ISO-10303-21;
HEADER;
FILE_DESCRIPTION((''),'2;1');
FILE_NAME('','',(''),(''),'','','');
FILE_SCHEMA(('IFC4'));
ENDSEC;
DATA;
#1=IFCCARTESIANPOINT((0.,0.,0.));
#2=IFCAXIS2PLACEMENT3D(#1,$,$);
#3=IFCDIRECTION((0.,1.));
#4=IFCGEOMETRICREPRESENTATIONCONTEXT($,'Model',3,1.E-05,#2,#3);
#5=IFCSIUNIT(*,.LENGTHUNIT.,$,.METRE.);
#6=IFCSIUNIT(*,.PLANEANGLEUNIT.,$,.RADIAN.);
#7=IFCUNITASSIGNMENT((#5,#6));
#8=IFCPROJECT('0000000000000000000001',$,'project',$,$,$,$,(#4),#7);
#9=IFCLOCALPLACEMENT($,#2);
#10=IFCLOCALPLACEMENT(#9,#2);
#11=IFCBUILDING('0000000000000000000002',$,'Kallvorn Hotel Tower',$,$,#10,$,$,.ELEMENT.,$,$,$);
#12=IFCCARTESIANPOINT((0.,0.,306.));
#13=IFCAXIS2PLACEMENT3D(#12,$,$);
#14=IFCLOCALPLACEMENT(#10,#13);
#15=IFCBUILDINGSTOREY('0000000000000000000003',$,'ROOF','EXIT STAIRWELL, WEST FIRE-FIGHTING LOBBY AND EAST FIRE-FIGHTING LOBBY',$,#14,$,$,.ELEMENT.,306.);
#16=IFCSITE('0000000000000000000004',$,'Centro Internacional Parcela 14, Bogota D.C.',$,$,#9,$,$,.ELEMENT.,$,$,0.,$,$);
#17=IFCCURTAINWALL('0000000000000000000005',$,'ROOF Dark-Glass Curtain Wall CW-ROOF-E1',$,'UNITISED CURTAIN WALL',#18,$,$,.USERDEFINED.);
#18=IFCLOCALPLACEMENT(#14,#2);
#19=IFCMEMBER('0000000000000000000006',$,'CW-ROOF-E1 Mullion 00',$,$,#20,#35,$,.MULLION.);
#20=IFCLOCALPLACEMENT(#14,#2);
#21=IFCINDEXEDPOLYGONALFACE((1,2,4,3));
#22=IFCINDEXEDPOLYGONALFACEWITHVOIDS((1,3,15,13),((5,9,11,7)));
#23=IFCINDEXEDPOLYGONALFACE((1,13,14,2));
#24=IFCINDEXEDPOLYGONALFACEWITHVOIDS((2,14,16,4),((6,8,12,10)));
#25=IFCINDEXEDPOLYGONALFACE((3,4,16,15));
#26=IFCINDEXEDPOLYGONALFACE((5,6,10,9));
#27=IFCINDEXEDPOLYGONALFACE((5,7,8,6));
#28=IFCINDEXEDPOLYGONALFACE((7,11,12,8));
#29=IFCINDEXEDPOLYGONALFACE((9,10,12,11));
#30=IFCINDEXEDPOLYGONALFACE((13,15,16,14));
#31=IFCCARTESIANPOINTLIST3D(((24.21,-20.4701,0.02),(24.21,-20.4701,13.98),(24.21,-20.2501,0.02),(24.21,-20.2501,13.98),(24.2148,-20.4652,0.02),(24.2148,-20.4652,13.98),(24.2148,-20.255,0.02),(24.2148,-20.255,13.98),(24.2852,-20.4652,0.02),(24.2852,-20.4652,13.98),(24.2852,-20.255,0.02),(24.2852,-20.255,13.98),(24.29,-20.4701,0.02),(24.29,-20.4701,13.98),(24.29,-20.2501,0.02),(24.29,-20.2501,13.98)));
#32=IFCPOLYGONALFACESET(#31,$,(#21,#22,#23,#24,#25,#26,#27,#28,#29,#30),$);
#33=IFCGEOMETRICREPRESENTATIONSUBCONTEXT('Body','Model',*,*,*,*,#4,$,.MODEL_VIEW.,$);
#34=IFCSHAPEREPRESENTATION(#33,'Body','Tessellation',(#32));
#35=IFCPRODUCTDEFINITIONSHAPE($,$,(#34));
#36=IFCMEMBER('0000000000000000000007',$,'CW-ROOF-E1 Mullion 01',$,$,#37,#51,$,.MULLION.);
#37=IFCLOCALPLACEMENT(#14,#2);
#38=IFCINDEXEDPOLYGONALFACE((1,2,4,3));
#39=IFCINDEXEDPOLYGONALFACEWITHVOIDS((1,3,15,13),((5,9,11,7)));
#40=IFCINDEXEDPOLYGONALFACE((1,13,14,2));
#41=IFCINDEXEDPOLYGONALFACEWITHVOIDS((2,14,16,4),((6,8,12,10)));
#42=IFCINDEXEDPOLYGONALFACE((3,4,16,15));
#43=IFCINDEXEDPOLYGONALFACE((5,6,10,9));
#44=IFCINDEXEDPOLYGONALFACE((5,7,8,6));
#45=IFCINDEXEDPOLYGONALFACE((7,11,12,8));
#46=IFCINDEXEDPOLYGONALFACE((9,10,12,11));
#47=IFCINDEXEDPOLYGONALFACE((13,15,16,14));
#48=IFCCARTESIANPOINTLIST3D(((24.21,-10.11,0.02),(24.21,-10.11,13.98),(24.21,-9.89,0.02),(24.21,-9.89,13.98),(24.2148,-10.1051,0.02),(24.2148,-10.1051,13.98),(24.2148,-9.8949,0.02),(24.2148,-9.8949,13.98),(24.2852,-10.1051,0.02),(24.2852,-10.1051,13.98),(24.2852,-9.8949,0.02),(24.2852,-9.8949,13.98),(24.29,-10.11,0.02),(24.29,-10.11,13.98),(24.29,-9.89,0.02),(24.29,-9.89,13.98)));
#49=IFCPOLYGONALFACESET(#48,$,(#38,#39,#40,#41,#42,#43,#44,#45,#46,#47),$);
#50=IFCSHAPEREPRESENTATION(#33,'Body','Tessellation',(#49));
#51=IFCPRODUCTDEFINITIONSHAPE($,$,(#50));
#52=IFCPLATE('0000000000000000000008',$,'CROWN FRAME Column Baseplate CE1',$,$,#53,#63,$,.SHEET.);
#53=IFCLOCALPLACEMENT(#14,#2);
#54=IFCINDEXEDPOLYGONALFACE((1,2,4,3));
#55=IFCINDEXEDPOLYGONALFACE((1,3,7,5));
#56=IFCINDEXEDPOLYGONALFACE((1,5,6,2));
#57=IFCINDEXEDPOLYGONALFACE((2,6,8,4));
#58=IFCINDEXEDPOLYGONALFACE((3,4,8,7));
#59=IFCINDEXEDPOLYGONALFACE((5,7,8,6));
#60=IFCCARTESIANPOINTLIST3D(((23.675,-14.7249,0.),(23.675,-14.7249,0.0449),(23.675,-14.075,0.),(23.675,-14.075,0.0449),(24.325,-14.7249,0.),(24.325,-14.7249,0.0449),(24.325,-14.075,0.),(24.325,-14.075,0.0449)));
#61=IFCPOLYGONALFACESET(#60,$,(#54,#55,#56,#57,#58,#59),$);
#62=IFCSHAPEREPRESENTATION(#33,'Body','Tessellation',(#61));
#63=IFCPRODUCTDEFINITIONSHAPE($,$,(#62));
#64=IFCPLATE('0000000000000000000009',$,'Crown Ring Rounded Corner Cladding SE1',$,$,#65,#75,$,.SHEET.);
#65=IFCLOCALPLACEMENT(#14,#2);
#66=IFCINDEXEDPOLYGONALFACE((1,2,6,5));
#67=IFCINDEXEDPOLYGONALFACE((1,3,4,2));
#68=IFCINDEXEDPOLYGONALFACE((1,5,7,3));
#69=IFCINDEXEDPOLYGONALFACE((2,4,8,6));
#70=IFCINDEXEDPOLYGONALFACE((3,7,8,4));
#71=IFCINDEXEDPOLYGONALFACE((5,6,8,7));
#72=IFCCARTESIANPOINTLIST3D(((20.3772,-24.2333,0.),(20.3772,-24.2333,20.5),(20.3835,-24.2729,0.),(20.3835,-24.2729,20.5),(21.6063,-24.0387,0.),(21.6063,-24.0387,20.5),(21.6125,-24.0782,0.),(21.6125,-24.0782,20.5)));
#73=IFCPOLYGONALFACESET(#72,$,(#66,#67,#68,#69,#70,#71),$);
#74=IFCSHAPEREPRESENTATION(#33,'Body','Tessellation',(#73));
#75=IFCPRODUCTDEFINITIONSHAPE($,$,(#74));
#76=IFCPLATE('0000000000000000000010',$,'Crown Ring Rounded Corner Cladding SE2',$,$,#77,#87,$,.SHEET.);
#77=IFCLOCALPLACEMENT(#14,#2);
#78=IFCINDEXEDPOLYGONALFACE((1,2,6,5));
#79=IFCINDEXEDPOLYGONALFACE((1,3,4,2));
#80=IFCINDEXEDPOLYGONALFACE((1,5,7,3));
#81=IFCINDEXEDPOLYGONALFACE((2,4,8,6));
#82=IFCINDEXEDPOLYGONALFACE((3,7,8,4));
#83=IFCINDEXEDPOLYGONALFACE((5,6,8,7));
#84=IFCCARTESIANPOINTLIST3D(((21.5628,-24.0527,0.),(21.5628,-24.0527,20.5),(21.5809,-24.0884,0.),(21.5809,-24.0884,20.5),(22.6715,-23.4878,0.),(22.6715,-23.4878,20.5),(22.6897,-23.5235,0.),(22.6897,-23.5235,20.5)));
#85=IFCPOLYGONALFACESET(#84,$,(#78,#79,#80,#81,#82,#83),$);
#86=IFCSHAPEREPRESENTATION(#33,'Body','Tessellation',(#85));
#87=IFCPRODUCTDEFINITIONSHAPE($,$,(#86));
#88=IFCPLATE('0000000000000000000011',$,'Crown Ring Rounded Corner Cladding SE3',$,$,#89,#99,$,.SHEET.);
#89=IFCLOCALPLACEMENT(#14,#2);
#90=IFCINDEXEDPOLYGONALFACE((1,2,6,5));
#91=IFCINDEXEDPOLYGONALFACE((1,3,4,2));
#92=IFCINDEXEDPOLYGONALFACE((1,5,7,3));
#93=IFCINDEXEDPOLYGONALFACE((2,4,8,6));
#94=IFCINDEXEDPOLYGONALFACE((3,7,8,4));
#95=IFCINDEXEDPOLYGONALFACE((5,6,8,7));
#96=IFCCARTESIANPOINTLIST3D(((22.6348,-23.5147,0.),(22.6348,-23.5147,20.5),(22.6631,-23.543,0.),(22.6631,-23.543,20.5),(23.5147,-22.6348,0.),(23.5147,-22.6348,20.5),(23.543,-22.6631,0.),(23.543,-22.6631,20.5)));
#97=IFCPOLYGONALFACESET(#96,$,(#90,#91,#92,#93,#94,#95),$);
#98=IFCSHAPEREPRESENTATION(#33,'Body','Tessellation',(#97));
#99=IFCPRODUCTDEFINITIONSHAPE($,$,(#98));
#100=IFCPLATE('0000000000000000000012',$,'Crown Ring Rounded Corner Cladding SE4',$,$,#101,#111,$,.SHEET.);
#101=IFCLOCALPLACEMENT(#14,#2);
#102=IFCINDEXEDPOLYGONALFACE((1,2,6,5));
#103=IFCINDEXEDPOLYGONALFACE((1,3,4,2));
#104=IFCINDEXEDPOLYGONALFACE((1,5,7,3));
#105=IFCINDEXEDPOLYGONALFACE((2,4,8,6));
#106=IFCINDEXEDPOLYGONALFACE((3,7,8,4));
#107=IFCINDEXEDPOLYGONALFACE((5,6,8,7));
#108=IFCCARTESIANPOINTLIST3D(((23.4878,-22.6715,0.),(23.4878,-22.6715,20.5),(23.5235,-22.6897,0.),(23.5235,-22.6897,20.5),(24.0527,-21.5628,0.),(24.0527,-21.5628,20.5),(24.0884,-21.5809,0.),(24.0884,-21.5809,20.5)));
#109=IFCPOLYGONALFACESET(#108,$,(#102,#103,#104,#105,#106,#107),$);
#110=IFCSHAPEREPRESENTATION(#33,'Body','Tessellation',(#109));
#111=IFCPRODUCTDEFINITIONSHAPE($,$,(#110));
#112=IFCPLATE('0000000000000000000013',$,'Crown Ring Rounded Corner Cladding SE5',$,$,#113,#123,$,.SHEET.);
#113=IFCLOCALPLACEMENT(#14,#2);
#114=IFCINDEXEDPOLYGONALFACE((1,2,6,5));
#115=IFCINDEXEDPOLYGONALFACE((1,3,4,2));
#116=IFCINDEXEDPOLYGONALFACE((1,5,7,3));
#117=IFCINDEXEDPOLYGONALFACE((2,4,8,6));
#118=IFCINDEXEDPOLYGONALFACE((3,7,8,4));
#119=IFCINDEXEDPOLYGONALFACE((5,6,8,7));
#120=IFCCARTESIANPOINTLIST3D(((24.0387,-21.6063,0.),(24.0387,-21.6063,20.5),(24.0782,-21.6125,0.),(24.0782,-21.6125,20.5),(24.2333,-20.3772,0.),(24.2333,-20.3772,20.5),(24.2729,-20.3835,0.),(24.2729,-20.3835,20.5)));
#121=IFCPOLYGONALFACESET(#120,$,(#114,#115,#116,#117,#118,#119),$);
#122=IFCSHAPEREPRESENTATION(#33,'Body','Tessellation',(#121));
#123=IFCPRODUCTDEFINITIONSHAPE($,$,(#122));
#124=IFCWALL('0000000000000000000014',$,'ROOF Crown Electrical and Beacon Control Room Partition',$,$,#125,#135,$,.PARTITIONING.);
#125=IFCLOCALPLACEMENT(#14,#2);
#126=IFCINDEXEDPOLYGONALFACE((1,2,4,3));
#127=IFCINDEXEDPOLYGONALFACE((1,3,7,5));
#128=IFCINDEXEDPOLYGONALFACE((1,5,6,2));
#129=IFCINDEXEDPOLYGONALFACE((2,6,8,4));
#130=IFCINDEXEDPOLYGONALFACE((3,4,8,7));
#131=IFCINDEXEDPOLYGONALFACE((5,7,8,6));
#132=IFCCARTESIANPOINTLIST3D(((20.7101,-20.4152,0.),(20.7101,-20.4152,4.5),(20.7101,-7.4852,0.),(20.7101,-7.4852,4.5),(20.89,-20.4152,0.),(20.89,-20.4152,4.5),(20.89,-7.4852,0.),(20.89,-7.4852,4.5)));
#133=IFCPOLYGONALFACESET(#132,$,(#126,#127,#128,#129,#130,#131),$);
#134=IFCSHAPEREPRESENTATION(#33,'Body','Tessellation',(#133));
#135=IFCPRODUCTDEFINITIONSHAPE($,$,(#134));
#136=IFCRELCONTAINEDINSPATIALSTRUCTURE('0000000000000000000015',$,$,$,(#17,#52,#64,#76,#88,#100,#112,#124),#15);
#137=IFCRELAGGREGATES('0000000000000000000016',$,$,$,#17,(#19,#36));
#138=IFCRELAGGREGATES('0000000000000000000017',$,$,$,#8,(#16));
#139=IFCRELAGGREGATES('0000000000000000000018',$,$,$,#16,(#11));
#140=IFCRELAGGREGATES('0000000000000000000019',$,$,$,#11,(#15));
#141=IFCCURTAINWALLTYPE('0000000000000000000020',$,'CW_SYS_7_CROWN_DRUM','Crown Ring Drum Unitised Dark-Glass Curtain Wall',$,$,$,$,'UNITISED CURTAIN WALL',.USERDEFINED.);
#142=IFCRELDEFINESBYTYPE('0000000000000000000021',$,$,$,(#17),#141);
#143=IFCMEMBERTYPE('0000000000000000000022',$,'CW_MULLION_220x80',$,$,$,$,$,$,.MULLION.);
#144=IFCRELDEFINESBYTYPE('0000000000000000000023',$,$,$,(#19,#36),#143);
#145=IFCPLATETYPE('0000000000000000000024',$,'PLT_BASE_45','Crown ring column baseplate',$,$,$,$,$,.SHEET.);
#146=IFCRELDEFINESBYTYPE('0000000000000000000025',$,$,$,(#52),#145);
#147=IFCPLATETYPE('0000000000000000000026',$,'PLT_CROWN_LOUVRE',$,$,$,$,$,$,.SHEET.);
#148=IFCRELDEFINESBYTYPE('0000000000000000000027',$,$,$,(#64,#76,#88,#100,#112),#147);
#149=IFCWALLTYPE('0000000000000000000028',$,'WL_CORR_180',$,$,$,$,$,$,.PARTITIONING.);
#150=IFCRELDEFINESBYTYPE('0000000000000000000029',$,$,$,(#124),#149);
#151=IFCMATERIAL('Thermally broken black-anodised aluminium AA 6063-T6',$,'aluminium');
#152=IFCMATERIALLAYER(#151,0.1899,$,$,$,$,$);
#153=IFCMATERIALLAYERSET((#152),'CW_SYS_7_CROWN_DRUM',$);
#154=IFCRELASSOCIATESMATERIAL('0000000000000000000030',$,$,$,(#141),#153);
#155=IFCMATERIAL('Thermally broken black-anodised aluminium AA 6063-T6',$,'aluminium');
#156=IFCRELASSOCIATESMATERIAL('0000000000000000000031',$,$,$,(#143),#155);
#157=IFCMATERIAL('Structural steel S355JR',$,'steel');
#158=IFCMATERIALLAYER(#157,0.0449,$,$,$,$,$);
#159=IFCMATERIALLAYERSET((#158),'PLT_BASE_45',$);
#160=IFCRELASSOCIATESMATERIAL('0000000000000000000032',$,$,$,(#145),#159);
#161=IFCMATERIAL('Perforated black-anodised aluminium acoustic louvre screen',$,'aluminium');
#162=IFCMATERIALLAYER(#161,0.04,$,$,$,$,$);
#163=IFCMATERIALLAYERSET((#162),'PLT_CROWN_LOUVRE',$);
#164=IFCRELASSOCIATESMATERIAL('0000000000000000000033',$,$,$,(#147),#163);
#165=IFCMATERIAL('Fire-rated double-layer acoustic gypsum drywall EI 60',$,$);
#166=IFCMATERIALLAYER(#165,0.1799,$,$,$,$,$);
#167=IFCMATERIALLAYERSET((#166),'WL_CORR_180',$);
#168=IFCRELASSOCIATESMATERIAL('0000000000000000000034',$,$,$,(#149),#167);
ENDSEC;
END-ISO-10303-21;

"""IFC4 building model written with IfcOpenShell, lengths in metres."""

from ifc_helpers import new_model, si_unit, direction, frame, frame_2d, origin, origin_2d, place, context, subcontext, project, spatial, rectangle, hollow_rectangle, extrude, material, layer, layer_set, material_profile, profile_set, type_object, element, aggregate, save


model = new_model("IFC4")

# Units and contexts
model_context = context("Model", 3, precision=1e-05, world=origin(), true_north=direction((0.0, 1.0)))
body_context = subcontext(model_context, "Body", "Model", "MODEL_VIEW")
ifc_project = project(units=[si_unit("LENGTHUNIT", "METRE"), si_unit("PLANEANGLEUNIT", "RADIAN")], contexts=[model_context])

# Site, building, storey
site_placement = place(None, origin())
site = spatial("IfcSite", under=ifc_project, at=site_placement, Name="Centro Internacional Parcela 14, Bogota D.C.", CompositionType="ELEMENT", RefElevation=0.0)
building_placement = place(site_placement, origin())
building = spatial("IfcBuilding", under=site, at=building_placement, Name="Kallvorn Hotel Tower", CompositionType="ELEMENT")
storey_placement = place(building_placement, frame((0.0, 0.0, 306.0)))
storey = spatial("IfcBuildingStorey", under=building, at=storey_placement, Name="ROOF", Description="EXIT STAIRWELL, WEST FIRE-FIGHTING LOBBY AND EAST FIRE-FIGHTING LOBBY", CompositionType="ELEMENT", Elevation=306.0)

# Shared definitions
ifc_material_1 = material(Name="Thermally broken black-anodised aluminium AA 6063-T6", Category="aluminium")
ifc_layer_1 = layer(ifc_material_1, 0.1899)
ifc_layer_set_1 = layer_set([ifc_layer_1], Name="CW_SYS_7_CROWN_DRUM")
curtain_wall_type = type_object("IfcCurtainWallType", Name="CW_SYS_7_CROWN_DRUM", Description="Crown Ring Drum Unitised Dark-Glass Curtain Wall", ElementType="UNITISED CURTAIN WALL", PredefinedType="USERDEFINED", material=ifc_layer_set_1)
ifc_material_2 = material(Name="Thermally broken black-anodised aluminium AA 6063-T6", Category="aluminium")
ifc_material_profile_1 = material_profile(ifc_material_2, hollow_rectangle(XDim=0.0801, YDim=0.22, WallThickness=0.0049, at=origin_2d()), Name="MUL 220x80")
ifc_profile_set_1 = profile_set([ifc_material_profile_1], Name="Thermally broken black-anodised aluminium AA 6063-T6")
member_type = type_object("IfcMemberType", Name="CW_MULLION_220x80", PredefinedType="MULLION", material=ifc_profile_set_1)

# Curtain wall, members
curtain_wall_1_placement = place(storey_placement, origin())
curtain_wall_1 = element("IfcCurtainWall", 1, at=curtain_wall_1_placement, inside=storey, type_object=curtain_wall_type, Name="ROOF Dark-Glass Curtain Wall CW-ROOF-E1", ObjectType="UNITISED CURTAIN WALL", PredefinedType="USERDEFINED")
member_1_placement = place(storey_placement, frame((24.25, -20.3601, 0.02), z_axis=(0.0, 0.0, 1.0), x_axis=(1.0, 0.0, 0.0)))
member_1 = element("IfcMember", 2, at=member_1_placement, type_object=member_type, Name="CW-ROOF-E1 Mullion 00", PredefinedType="MULLION", context=body_context, shape_type="SweptSolid", body=[
    extrude(hollow_rectangle(XDim=0.0801, YDim=0.22, WallThickness=0.0049, at=origin_2d()), origin(), (0.0, 0.0, 1.0), 13.96),
])
member_2_placement = place(storey_placement, frame((24.25, -10.0, 0.02), z_axis=(0.0, 0.0, 1.0), x_axis=(1.0, 0.0, 0.0)))
member_2 = element("IfcMember", 3, at=member_2_placement, type_object=member_type, Name="CW-ROOF-E1 Mullion 01", PredefinedType="MULLION", context=body_context, shape_type="SweptSolid", body=[
    extrude(hollow_rectangle(XDim=0.0801, YDim=0.22, WallThickness=0.0049, at=origin_2d()), origin(), (0.0, 0.0, 1.0), 13.96),
])
aggregate(curtain_wall_1, [member_1, member_2])

# Plates
ifc_material_3 = material(Name="Structural steel S355JR", Category="steel")
ifc_layer_2 = layer(ifc_material_3, 0.0449)
ifc_layer_set_2 = layer_set([ifc_layer_2], Name="PLT_BASE_45")
plate_type_1 = type_object("IfcPlateType", Name="PLT_BASE_45", Description="Crown ring column baseplate", PredefinedType="SHEET", material=ifc_layer_set_2)
plate_placement = place(storey_placement, frame((24.0, -14.3999, 0.0), z_axis=(0.0, 0.0, 1.0), x_axis=(1.0, 0.0, 0.0)))
element("IfcPlate", 4, at=plate_placement, inside=storey, type_object=plate_type_1, Name="CROWN FRAME Column Baseplate CE1", PredefinedType="SHEET", context=body_context, shape_type="SweptSolid", body=[
    extrude(rectangle(XDim=0.6499, YDim=0.6499, at=origin_2d()), origin(), (0.0, 0.0, 1.0), 0.0449),
])
ifc_material_4 = material(Name="Perforated black-anodised aluminium acoustic louvre screen", Category="aluminium")
ifc_layer_3 = layer(ifc_material_4, 0.04)
ifc_layer_set_3 = layer_set([ifc_layer_3], Name="PLT_CROWN_LOUVRE")
plate_type_2 = type_object("IfcPlateType", Name="PLT_CROWN_LOUVRE", PredefinedType="SHEET", material=ifc_layer_set_3)
for number, where, z_axis, x_axis, name in (
    (5, (20.9949, -24.1558, 0.0), (0.0, 0.0, 1.0), (0.987688, 0.156434, 0.0), "Crown Ring Rounded Corner Cladding SE1"),
    (6, (22.1262, -23.7881, 0.0), (0.0, 0.0, 1.0), (0.891007, 0.45399, 0.0), "Crown Ring Rounded Corner Cladding SE2"),
    (7, (23.0889, -23.0889, 0.0), (0.0, 0.0, 1.0), (0.707107, 0.707107, 0.0), "Crown Ring Rounded Corner Cladding SE3"),
    (8, (23.7881, -22.1262, 0.0), (0.0, 0.0, 1.0), (0.45399, 0.891007, 0.0), "Crown Ring Rounded Corner Cladding SE4"),
    (9, (24.1558, -20.9949, 0.0), (0.0, 0.0, 1.0), (0.156434, 0.987688, 0.0), "Crown Ring Rounded Corner Cladding SE5"),
):
    element("IfcPlate", number, at=place(storey_placement, frame(where, z_axis=z_axis, x_axis=x_axis)), inside=storey, type_object=plate_type_2, Name=name, PredefinedType="SHEET", context=body_context, shape_type="SweptSolid", body=[
        extrude(rectangle(XDim=1.2444, YDim=0.04, at=origin_2d()), origin(), (0.0, 0.0, 1.0), 20.5),
    ])

# Wall
ifc_material_5 = material(Name="Fire-rated double-layer acoustic gypsum drywall EI 60")
ifc_layer_4 = layer(ifc_material_5, 0.1799)
ifc_layer_set_4 = layer_set([ifc_layer_4], Name="WL_CORR_180")
wall_type = type_object("IfcWallType", Name="WL_CORR_180", PredefinedType="PARTITIONING", material=ifc_layer_set_4)
wall_placement = place(storey_placement, frame((20.8, -20.415, 0.0), z_axis=(0.0, 0.0, 1.0), x_axis=(0.0, 1.0, 0.0)))
element("IfcWall", 10, at=wall_placement, inside=storey, type_object=wall_type, Name="ROOF Crown Electrical and Beacon Control Room Partition", PredefinedType="PARTITIONING", context=body_context, shape_type="SweptSolid", body=[
    extrude(rectangle(XDim=12.9299, YDim=0.1799, at=frame_2d((6.4648, 0.0))), origin(), (0.0, 0.0, 1.0), 4.5),
])

save(model, "model.ifc")
